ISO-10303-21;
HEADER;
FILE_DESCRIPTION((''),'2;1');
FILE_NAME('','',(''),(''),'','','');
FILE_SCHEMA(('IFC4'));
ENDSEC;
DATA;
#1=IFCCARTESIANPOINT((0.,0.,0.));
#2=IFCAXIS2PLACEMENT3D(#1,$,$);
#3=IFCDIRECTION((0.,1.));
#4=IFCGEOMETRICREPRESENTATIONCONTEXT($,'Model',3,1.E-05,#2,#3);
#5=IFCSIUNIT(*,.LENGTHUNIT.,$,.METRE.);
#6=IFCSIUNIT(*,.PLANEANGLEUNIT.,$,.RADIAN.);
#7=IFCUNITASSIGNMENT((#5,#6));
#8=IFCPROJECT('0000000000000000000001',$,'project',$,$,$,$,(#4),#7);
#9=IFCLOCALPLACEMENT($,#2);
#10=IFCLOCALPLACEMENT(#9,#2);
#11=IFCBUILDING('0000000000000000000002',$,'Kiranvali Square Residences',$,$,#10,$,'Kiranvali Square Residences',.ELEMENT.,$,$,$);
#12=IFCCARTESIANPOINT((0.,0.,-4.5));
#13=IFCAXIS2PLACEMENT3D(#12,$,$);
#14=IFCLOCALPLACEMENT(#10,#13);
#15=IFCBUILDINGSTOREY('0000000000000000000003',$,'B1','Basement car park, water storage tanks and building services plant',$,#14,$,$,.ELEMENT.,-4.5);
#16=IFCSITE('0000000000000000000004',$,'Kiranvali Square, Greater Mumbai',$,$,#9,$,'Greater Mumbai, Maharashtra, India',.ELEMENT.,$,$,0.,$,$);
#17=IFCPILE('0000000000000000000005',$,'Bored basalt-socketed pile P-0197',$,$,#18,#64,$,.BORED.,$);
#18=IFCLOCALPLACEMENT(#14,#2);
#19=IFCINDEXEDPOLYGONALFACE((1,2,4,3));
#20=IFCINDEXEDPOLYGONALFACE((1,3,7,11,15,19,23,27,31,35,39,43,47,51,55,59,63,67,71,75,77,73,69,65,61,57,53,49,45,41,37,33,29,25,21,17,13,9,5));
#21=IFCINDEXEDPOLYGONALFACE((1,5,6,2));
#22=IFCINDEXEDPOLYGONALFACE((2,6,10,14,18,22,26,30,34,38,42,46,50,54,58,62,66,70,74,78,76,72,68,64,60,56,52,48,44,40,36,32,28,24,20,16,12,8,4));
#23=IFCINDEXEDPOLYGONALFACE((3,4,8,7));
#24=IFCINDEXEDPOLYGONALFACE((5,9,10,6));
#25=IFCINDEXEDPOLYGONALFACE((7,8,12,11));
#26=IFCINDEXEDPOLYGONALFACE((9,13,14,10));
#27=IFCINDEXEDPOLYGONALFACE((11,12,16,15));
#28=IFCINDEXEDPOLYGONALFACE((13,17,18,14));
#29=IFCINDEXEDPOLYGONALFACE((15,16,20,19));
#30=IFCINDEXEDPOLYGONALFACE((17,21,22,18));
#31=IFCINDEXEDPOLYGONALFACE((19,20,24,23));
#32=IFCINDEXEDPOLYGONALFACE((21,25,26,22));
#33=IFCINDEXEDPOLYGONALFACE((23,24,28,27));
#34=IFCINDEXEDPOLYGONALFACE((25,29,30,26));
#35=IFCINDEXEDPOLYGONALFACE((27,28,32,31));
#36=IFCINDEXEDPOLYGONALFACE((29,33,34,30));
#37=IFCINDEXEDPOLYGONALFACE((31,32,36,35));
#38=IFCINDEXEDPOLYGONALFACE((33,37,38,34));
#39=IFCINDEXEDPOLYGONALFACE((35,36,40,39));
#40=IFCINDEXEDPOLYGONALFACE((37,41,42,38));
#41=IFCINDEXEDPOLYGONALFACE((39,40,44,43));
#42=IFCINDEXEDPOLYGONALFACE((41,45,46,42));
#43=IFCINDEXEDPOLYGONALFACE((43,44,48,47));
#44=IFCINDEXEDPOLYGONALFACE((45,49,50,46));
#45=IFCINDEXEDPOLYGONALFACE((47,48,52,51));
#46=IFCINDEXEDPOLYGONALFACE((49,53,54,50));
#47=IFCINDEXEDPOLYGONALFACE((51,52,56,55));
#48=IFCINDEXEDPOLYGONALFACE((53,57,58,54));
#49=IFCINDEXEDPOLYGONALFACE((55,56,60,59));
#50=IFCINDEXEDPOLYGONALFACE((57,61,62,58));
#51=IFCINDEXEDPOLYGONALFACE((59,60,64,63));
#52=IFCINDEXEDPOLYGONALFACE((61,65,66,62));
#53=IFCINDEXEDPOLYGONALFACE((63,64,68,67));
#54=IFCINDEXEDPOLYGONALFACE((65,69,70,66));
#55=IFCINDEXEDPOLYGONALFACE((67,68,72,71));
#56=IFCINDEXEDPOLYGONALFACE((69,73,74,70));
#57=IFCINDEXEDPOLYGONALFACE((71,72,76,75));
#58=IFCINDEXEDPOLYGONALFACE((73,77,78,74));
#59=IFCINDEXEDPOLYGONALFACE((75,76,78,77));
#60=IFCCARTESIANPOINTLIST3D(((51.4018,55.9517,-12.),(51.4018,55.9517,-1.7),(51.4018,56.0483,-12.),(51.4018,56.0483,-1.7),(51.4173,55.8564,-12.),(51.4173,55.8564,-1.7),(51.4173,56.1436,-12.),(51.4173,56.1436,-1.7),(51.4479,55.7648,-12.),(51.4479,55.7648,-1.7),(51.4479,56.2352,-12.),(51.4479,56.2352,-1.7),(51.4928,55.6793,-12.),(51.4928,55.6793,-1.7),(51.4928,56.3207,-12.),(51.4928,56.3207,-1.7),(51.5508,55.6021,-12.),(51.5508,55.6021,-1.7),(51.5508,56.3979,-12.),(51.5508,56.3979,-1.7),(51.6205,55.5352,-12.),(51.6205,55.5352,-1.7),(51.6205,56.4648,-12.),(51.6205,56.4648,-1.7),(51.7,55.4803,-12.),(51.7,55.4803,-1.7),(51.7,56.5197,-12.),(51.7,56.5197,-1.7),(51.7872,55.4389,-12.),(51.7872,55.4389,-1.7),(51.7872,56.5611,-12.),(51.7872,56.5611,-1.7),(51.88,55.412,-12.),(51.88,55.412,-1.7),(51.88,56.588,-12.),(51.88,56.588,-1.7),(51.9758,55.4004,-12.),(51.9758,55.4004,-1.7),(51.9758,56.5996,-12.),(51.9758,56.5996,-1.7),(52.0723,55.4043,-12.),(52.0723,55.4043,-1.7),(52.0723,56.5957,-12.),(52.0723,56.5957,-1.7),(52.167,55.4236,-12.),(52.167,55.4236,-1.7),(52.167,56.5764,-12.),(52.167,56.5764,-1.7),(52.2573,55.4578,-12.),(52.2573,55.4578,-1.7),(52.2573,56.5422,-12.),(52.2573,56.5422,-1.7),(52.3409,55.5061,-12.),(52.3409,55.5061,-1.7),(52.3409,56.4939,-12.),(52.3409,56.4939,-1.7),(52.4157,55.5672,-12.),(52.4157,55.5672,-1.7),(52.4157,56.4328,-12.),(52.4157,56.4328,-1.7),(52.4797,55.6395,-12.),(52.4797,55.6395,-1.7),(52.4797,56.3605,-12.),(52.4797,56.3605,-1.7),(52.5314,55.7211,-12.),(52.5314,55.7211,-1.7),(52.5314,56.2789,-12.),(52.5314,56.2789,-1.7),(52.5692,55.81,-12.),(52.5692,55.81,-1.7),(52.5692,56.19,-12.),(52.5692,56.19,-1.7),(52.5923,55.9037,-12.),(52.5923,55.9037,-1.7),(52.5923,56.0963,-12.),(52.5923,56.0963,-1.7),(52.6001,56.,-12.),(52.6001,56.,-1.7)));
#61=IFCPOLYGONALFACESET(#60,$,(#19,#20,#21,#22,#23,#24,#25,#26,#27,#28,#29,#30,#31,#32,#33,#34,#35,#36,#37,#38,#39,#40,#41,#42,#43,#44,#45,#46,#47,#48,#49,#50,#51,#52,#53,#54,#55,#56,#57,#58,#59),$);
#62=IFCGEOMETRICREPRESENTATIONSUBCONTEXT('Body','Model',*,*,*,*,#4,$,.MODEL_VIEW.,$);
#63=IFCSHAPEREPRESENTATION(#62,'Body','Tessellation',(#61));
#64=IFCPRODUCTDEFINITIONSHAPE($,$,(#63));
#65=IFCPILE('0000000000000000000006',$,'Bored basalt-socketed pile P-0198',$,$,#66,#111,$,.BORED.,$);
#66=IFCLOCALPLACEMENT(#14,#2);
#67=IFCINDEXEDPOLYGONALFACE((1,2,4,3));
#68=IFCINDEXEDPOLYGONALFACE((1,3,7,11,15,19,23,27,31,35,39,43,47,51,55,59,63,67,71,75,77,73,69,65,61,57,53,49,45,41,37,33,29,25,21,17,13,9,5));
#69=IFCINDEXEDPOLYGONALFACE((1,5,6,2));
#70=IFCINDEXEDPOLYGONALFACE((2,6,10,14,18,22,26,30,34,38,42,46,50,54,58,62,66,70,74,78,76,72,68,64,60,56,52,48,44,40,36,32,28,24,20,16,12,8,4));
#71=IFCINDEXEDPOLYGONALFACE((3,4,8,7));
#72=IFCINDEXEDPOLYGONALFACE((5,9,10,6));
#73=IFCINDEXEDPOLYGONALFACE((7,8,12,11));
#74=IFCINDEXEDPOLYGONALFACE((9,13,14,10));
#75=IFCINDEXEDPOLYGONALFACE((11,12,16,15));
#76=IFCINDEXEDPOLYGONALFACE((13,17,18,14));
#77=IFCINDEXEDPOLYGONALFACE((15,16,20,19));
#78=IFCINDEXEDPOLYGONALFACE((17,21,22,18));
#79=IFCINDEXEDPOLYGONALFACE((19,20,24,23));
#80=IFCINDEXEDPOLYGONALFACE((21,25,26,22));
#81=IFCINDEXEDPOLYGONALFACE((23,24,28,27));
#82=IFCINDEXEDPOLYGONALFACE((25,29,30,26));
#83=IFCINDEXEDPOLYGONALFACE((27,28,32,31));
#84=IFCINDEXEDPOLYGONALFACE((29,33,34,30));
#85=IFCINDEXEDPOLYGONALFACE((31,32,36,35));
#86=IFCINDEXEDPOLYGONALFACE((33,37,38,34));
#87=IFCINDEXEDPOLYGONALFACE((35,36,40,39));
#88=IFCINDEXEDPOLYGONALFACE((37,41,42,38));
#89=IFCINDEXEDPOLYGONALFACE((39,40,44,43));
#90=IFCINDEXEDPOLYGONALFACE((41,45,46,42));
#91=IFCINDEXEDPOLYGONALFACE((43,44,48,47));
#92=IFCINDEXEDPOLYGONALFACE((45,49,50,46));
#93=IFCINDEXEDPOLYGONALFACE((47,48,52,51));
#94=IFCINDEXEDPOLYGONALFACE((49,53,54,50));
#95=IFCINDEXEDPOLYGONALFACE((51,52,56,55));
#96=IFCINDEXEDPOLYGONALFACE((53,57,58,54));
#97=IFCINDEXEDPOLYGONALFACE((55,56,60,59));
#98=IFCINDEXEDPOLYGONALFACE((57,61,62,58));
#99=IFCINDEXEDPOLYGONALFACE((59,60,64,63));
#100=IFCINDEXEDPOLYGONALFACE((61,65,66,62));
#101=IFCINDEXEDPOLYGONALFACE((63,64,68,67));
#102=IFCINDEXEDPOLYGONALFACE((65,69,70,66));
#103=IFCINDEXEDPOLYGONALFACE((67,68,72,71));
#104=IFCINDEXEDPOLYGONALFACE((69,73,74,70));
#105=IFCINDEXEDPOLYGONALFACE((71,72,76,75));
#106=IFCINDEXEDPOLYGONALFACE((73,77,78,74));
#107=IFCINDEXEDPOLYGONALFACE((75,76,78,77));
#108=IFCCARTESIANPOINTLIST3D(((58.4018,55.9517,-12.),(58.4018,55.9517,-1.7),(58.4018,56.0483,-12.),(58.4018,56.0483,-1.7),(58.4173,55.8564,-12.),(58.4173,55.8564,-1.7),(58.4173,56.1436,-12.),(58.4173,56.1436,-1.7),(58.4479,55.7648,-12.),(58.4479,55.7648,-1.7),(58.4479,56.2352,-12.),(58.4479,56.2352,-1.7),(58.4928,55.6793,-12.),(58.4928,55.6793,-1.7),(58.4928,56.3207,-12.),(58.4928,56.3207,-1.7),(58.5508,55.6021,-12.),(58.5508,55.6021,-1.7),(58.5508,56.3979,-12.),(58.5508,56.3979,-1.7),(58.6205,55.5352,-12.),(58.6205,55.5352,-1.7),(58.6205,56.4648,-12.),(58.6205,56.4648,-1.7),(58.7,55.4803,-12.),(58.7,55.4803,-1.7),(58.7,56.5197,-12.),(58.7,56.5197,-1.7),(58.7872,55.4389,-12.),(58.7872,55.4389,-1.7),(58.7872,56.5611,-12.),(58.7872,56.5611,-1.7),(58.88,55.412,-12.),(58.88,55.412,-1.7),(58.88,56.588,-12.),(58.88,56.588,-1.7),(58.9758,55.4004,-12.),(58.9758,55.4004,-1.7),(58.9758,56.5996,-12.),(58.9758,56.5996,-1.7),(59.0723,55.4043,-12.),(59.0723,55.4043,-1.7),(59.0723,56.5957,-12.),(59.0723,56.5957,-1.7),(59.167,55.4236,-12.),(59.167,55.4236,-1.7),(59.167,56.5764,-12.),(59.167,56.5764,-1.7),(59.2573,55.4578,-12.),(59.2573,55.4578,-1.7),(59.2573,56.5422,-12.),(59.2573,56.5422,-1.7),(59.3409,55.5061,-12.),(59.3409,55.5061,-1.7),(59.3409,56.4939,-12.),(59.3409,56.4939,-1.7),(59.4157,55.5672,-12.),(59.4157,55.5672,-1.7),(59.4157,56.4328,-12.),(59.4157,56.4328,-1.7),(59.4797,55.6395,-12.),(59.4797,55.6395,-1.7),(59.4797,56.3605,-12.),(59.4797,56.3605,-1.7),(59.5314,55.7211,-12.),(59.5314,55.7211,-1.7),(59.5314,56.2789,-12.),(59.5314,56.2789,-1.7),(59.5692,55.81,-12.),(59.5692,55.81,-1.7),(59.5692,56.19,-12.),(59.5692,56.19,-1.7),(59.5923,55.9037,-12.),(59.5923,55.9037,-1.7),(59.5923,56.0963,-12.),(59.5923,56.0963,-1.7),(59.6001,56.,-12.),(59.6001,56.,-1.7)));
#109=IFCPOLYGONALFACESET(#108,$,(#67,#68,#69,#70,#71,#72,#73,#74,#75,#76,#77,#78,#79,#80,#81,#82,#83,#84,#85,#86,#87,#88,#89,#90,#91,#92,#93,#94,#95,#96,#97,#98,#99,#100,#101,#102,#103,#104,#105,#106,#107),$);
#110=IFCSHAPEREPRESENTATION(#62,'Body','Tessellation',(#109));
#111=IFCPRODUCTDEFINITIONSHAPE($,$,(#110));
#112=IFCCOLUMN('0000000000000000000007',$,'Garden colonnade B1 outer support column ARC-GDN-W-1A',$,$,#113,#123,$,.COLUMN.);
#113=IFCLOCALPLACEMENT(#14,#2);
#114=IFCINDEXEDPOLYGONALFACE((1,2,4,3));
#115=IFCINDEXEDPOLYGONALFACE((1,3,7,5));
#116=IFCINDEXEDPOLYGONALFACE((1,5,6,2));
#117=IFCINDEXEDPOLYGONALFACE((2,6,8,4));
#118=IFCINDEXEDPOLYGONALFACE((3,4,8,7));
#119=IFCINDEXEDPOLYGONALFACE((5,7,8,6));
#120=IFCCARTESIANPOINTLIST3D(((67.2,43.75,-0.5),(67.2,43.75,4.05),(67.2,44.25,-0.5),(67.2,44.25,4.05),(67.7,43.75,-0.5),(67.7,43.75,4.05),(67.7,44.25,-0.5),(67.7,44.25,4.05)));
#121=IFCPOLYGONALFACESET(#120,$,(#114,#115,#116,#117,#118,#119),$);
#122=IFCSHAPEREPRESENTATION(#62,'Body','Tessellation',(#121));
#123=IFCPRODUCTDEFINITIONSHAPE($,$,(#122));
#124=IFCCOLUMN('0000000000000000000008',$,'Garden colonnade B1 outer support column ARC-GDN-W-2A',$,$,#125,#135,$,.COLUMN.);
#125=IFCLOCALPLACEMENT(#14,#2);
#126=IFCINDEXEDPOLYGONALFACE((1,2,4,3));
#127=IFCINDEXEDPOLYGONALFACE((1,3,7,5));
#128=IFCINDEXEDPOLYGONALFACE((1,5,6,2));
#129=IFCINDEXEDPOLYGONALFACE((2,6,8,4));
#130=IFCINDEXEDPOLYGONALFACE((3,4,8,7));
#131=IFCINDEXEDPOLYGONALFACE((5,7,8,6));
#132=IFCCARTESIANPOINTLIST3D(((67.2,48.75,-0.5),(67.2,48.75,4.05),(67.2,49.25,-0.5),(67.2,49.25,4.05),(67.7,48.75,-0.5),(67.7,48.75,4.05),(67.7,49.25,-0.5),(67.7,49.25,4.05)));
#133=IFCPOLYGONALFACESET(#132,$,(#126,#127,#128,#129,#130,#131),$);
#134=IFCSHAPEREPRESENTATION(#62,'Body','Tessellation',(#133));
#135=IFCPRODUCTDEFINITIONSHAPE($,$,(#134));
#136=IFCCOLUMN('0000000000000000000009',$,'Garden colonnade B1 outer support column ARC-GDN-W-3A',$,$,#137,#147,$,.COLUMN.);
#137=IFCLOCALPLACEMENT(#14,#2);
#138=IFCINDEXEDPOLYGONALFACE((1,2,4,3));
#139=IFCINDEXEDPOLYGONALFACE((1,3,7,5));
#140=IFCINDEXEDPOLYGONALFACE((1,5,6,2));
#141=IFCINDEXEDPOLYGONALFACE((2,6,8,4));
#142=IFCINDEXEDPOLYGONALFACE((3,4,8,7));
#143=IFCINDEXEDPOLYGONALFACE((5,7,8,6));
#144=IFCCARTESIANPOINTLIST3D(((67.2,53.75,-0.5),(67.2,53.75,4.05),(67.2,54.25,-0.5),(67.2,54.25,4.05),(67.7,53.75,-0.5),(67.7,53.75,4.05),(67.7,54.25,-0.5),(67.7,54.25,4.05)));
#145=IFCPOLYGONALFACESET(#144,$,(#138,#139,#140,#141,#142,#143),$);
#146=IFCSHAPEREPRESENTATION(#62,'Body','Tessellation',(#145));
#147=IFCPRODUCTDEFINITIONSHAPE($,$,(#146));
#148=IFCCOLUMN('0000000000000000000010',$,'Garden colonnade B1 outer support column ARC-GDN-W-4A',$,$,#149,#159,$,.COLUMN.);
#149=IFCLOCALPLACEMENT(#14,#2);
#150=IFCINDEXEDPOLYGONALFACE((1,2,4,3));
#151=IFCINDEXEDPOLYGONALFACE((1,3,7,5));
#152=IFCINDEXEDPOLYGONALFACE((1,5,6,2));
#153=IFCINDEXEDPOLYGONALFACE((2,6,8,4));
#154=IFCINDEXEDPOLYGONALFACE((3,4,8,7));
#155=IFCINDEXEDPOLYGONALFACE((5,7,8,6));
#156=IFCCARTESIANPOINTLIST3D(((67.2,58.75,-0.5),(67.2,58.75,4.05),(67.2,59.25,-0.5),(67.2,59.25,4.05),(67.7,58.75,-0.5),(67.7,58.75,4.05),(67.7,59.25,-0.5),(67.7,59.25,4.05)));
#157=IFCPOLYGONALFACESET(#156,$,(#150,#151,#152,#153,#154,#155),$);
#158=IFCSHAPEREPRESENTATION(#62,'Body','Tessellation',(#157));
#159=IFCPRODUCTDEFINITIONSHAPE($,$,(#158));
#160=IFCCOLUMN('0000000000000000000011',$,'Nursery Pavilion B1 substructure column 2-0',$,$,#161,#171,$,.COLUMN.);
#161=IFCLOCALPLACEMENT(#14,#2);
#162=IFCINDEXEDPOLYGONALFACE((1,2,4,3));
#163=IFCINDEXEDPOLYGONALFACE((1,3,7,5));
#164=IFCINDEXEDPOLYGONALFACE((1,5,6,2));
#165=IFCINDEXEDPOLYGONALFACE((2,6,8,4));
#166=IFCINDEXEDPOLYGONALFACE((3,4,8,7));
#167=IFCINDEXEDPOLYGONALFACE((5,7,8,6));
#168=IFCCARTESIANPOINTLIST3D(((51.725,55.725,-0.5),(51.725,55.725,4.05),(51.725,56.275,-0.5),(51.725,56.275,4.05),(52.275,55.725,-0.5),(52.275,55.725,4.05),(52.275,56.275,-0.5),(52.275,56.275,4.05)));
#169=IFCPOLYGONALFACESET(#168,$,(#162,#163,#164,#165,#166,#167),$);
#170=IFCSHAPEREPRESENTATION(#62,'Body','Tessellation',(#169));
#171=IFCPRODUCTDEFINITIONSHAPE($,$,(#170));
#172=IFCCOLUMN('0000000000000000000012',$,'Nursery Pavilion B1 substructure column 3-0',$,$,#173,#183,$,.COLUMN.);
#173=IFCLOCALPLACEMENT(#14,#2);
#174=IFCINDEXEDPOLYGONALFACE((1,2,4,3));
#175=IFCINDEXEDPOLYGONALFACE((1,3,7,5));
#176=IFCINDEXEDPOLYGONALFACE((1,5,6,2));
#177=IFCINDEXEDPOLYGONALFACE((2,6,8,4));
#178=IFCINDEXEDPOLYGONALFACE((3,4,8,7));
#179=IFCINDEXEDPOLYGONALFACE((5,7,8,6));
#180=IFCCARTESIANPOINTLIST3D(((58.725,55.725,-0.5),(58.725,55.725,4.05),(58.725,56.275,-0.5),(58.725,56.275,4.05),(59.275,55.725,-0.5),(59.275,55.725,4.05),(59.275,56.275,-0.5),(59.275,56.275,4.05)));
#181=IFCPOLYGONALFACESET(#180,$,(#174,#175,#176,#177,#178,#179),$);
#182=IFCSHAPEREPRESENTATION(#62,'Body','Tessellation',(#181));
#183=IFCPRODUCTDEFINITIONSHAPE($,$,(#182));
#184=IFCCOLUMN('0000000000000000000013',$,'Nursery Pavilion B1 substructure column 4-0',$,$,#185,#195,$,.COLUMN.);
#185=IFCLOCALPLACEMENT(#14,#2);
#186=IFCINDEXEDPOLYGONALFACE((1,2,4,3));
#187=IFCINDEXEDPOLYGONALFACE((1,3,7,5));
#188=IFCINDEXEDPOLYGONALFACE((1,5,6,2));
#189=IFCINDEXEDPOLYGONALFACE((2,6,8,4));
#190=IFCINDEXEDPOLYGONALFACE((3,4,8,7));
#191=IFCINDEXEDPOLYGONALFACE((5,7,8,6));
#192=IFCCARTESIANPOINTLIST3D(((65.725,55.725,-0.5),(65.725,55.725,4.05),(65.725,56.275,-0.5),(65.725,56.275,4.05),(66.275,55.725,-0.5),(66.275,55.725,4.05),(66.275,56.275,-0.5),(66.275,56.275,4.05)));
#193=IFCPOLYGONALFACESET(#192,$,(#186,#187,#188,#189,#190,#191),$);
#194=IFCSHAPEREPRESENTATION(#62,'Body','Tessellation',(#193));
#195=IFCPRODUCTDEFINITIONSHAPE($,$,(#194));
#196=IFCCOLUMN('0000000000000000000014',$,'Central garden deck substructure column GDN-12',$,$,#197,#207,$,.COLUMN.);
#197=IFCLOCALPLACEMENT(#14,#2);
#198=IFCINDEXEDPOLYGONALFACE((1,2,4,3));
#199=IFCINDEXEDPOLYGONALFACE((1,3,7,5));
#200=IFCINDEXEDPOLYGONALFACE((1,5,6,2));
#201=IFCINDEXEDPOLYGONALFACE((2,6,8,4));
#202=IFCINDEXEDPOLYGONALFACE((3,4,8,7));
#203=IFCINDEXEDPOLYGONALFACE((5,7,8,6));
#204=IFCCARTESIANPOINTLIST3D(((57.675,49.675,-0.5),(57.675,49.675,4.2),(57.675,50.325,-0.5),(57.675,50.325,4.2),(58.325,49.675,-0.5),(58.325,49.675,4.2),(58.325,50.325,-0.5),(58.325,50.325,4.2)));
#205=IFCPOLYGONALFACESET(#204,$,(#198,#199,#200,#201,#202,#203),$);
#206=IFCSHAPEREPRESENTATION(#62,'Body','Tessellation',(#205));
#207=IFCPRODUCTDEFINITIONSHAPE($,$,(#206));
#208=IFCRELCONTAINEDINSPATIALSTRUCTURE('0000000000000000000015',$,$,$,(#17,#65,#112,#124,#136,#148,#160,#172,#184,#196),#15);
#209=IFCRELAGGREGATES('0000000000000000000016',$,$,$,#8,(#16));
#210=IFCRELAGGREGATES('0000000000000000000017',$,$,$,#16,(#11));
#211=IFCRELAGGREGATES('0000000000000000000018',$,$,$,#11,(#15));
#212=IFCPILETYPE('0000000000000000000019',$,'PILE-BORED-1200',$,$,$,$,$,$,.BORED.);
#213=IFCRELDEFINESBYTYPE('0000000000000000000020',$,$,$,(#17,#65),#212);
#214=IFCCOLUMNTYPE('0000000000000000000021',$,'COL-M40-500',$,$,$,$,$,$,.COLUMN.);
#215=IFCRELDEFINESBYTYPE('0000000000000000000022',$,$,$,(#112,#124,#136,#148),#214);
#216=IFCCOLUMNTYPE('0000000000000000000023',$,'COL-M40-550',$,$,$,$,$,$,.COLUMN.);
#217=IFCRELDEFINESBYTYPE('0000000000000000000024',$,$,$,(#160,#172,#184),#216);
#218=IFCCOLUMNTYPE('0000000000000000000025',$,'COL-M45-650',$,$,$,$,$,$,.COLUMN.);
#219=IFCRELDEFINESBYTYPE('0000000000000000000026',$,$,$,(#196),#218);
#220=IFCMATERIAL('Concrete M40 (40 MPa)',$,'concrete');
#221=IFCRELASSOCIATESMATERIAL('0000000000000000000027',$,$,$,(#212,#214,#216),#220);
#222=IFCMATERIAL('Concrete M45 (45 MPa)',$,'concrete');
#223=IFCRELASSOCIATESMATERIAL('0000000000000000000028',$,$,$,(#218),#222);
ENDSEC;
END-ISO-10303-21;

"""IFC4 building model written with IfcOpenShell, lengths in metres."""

from ifc_helpers import new_model, si_unit, direction, frame, origin, origin_2d, place, context, subcontext, project, spatial, rectangle, circle, extrude, material, material_profile, profile_set, type_object, element, save


model = new_model("IFC4")

# Units and contexts
model_context = context("Model", 3, precision=1e-05, world=origin(), true_north=direction((0.0, 1.0)))
body_context = subcontext(model_context, "Body", "Model", "MODEL_VIEW")
ifc_project = project(units=[si_unit("LENGTHUNIT", "METRE"), si_unit("PLANEANGLEUNIT", "RADIAN")], contexts=[model_context])

# Site, building, storey
site_placement = place(None, origin())
site = spatial("IfcSite", under=ifc_project, at=site_placement, Name="Kiranvali Square, Greater Mumbai", LongName="Greater Mumbai, Maharashtra, India", CompositionType="ELEMENT", RefElevation=0.0)
building_placement = place(site_placement, origin())
building = spatial("IfcBuilding", under=site, at=building_placement, Name="Kiranvali Square Residences", LongName="Kiranvali Square Residences", CompositionType="ELEMENT")
storey_placement = place(building_placement, frame((0.0, 0.0, -4.5)))
storey = spatial("IfcBuildingStorey", under=building, at=storey_placement, Name="B1", Description="Basement car park, water storage tanks and building services plant", CompositionType="ELEMENT", Elevation=-4.5)

# Shared definitions
ifc_material_1 = material(Name="Concrete M40 (40 MPa)", Category="concrete")

# Piles
ifc_material_profile_1 = material_profile(ifc_material_1, circle(Radius=0.6001, at=origin_2d()), Name="BORED PILE 1200")
ifc_profile_set_1 = profile_set([ifc_material_profile_1], Name="Concrete M40 (40 MPa)")
pile_type = type_object("IfcPileType", Name="PILE-BORED-1200", PredefinedType="BORED", material=ifc_profile_set_1)
for number, where, z_axis, x_axis, name in (
    (1, (52.0, 56.0, -1.7), (0.0, 0.0, -1.0), (1.0, 0.0, 0.0), "Bored basalt-socketed pile P-0197"),
    (2, (59.0, 56.0, -1.7), (0.0, 0.0, -1.0), (1.0, 0.0, 0.0), "Bored basalt-socketed pile P-0198"),
):
    element("IfcPile", number, at=place(storey_placement, frame(where, z_axis=z_axis, x_axis=x_axis)), inside=storey, type_object=pile_type, Name=name, PredefinedType="BORED", context=body_context, shape_type="SweptSolid", body=[
        extrude(circle(Radius=0.6001, at=origin_2d()), origin(), (0.0, 0.0, 1.0), 10.3),
    ])

# Columns
ifc_material_profile_2 = material_profile(ifc_material_1, rectangle(XDim=0.5, YDim=0.5, at=origin_2d()), Name="RC 500x500")
ifc_profile_set_2 = profile_set([ifc_material_profile_2], Name="Concrete M40 (40 MPa)")
column_type_1 = type_object("IfcColumnType", Name="COL-M40-500", PredefinedType="COLUMN", material=ifc_profile_set_2)
for number, where, z_axis, x_axis, name in (
    (3, (67.45, 44.0, -0.5), (0.0, 0.0, 1.0), (1.0, 0.0, 0.0), "Garden colonnade B1 outer support column ARC-GDN-W-1A"),
    (4, (67.45, 49.0, -0.5), (0.0, 0.0, 1.0), (1.0, 0.0, 0.0), "Garden colonnade B1 outer support column ARC-GDN-W-2A"),
    (5, (67.45, 54.0, -0.5), (0.0, 0.0, 1.0), (1.0, 0.0, 0.0), "Garden colonnade B1 outer support column ARC-GDN-W-3A"),
    (6, (67.45, 59.0, -0.5), (0.0, 0.0, 1.0), (1.0, 0.0, 0.0), "Garden colonnade B1 outer support column ARC-GDN-W-4A"),
):
    element("IfcColumn", number, at=place(storey_placement, frame(where, z_axis=z_axis, x_axis=x_axis)), inside=storey, type_object=column_type_1, Name=name, PredefinedType="COLUMN", context=body_context, shape_type="SweptSolid", body=[
        extrude(rectangle(XDim=0.5, YDim=0.5, at=origin_2d()), origin(), (0.0, 0.0, 1.0), 4.55),
    ])
ifc_material_profile_3 = material_profile(ifc_material_1, rectangle(XDim=0.55, YDim=0.55, at=origin_2d()), Name="RC 550x550")
ifc_profile_set_3 = profile_set([ifc_material_profile_3], Name="Concrete M40 (40 MPa)")
column_type_2 = type_object("IfcColumnType", Name="COL-M40-550", PredefinedType="COLUMN", material=ifc_profile_set_3)
for number, where, z_axis, x_axis, name in (
    (7, (52.0, 56.0, -0.5), (0.0, 0.0, 1.0), (1.0, 0.0, 0.0), "Nursery Pavilion B1 substructure column 2-0"),
    (8, (59.0, 56.0, -0.5), (0.0, 0.0, 1.0), (1.0, 0.0, 0.0), "Nursery Pavilion B1 substructure column 3-0"),
    (9, (66.0, 56.0, -0.5), (0.0, 0.0, 1.0), (1.0, 0.0, 0.0), "Nursery Pavilion B1 substructure column 4-0"),
):
    element("IfcColumn", number, at=place(storey_placement, frame(where, z_axis=z_axis, x_axis=x_axis)), inside=storey, type_object=column_type_2, Name=name, PredefinedType="COLUMN", context=body_context, shape_type="SweptSolid", body=[
        extrude(rectangle(XDim=0.55, YDim=0.55, at=origin_2d()), origin(), (0.0, 0.0, 1.0), 4.55),
    ])
ifc_material_2 = material(Name="Concrete M45 (45 MPa)", Category="concrete")
ifc_material_profile_4 = material_profile(ifc_material_2, rectangle(XDim=0.6499, YDim=0.6499, at=origin_2d()), Name="RC 650x650")
ifc_profile_set_4 = profile_set([ifc_material_profile_4], Name="Concrete M45 (45 MPa)")
column_type_3 = type_object("IfcColumnType", Name="COL-M45-650", PredefinedType="COLUMN", material=ifc_profile_set_4)
for number, where, z_axis, x_axis, name in (
    (10, (58.0, 50.0, -0.5), (0.0, 0.0, 1.0), (1.0, 0.0, 0.0), "Central garden deck substructure column GDN-12"),
):
    element("IfcColumn", number, at=place(storey_placement, frame(where, z_axis=z_axis, x_axis=x_axis)), inside=storey, type_object=column_type_3, Name=name, PredefinedType="COLUMN", context=body_context, shape_type="SweptSolid", body=[
        extrude(rectangle(XDim=0.6499, YDim=0.6499, at=origin_2d()), origin(), (0.0, 0.0, 1.0), 4.7),
    ])

save(model, "model.ifc")
